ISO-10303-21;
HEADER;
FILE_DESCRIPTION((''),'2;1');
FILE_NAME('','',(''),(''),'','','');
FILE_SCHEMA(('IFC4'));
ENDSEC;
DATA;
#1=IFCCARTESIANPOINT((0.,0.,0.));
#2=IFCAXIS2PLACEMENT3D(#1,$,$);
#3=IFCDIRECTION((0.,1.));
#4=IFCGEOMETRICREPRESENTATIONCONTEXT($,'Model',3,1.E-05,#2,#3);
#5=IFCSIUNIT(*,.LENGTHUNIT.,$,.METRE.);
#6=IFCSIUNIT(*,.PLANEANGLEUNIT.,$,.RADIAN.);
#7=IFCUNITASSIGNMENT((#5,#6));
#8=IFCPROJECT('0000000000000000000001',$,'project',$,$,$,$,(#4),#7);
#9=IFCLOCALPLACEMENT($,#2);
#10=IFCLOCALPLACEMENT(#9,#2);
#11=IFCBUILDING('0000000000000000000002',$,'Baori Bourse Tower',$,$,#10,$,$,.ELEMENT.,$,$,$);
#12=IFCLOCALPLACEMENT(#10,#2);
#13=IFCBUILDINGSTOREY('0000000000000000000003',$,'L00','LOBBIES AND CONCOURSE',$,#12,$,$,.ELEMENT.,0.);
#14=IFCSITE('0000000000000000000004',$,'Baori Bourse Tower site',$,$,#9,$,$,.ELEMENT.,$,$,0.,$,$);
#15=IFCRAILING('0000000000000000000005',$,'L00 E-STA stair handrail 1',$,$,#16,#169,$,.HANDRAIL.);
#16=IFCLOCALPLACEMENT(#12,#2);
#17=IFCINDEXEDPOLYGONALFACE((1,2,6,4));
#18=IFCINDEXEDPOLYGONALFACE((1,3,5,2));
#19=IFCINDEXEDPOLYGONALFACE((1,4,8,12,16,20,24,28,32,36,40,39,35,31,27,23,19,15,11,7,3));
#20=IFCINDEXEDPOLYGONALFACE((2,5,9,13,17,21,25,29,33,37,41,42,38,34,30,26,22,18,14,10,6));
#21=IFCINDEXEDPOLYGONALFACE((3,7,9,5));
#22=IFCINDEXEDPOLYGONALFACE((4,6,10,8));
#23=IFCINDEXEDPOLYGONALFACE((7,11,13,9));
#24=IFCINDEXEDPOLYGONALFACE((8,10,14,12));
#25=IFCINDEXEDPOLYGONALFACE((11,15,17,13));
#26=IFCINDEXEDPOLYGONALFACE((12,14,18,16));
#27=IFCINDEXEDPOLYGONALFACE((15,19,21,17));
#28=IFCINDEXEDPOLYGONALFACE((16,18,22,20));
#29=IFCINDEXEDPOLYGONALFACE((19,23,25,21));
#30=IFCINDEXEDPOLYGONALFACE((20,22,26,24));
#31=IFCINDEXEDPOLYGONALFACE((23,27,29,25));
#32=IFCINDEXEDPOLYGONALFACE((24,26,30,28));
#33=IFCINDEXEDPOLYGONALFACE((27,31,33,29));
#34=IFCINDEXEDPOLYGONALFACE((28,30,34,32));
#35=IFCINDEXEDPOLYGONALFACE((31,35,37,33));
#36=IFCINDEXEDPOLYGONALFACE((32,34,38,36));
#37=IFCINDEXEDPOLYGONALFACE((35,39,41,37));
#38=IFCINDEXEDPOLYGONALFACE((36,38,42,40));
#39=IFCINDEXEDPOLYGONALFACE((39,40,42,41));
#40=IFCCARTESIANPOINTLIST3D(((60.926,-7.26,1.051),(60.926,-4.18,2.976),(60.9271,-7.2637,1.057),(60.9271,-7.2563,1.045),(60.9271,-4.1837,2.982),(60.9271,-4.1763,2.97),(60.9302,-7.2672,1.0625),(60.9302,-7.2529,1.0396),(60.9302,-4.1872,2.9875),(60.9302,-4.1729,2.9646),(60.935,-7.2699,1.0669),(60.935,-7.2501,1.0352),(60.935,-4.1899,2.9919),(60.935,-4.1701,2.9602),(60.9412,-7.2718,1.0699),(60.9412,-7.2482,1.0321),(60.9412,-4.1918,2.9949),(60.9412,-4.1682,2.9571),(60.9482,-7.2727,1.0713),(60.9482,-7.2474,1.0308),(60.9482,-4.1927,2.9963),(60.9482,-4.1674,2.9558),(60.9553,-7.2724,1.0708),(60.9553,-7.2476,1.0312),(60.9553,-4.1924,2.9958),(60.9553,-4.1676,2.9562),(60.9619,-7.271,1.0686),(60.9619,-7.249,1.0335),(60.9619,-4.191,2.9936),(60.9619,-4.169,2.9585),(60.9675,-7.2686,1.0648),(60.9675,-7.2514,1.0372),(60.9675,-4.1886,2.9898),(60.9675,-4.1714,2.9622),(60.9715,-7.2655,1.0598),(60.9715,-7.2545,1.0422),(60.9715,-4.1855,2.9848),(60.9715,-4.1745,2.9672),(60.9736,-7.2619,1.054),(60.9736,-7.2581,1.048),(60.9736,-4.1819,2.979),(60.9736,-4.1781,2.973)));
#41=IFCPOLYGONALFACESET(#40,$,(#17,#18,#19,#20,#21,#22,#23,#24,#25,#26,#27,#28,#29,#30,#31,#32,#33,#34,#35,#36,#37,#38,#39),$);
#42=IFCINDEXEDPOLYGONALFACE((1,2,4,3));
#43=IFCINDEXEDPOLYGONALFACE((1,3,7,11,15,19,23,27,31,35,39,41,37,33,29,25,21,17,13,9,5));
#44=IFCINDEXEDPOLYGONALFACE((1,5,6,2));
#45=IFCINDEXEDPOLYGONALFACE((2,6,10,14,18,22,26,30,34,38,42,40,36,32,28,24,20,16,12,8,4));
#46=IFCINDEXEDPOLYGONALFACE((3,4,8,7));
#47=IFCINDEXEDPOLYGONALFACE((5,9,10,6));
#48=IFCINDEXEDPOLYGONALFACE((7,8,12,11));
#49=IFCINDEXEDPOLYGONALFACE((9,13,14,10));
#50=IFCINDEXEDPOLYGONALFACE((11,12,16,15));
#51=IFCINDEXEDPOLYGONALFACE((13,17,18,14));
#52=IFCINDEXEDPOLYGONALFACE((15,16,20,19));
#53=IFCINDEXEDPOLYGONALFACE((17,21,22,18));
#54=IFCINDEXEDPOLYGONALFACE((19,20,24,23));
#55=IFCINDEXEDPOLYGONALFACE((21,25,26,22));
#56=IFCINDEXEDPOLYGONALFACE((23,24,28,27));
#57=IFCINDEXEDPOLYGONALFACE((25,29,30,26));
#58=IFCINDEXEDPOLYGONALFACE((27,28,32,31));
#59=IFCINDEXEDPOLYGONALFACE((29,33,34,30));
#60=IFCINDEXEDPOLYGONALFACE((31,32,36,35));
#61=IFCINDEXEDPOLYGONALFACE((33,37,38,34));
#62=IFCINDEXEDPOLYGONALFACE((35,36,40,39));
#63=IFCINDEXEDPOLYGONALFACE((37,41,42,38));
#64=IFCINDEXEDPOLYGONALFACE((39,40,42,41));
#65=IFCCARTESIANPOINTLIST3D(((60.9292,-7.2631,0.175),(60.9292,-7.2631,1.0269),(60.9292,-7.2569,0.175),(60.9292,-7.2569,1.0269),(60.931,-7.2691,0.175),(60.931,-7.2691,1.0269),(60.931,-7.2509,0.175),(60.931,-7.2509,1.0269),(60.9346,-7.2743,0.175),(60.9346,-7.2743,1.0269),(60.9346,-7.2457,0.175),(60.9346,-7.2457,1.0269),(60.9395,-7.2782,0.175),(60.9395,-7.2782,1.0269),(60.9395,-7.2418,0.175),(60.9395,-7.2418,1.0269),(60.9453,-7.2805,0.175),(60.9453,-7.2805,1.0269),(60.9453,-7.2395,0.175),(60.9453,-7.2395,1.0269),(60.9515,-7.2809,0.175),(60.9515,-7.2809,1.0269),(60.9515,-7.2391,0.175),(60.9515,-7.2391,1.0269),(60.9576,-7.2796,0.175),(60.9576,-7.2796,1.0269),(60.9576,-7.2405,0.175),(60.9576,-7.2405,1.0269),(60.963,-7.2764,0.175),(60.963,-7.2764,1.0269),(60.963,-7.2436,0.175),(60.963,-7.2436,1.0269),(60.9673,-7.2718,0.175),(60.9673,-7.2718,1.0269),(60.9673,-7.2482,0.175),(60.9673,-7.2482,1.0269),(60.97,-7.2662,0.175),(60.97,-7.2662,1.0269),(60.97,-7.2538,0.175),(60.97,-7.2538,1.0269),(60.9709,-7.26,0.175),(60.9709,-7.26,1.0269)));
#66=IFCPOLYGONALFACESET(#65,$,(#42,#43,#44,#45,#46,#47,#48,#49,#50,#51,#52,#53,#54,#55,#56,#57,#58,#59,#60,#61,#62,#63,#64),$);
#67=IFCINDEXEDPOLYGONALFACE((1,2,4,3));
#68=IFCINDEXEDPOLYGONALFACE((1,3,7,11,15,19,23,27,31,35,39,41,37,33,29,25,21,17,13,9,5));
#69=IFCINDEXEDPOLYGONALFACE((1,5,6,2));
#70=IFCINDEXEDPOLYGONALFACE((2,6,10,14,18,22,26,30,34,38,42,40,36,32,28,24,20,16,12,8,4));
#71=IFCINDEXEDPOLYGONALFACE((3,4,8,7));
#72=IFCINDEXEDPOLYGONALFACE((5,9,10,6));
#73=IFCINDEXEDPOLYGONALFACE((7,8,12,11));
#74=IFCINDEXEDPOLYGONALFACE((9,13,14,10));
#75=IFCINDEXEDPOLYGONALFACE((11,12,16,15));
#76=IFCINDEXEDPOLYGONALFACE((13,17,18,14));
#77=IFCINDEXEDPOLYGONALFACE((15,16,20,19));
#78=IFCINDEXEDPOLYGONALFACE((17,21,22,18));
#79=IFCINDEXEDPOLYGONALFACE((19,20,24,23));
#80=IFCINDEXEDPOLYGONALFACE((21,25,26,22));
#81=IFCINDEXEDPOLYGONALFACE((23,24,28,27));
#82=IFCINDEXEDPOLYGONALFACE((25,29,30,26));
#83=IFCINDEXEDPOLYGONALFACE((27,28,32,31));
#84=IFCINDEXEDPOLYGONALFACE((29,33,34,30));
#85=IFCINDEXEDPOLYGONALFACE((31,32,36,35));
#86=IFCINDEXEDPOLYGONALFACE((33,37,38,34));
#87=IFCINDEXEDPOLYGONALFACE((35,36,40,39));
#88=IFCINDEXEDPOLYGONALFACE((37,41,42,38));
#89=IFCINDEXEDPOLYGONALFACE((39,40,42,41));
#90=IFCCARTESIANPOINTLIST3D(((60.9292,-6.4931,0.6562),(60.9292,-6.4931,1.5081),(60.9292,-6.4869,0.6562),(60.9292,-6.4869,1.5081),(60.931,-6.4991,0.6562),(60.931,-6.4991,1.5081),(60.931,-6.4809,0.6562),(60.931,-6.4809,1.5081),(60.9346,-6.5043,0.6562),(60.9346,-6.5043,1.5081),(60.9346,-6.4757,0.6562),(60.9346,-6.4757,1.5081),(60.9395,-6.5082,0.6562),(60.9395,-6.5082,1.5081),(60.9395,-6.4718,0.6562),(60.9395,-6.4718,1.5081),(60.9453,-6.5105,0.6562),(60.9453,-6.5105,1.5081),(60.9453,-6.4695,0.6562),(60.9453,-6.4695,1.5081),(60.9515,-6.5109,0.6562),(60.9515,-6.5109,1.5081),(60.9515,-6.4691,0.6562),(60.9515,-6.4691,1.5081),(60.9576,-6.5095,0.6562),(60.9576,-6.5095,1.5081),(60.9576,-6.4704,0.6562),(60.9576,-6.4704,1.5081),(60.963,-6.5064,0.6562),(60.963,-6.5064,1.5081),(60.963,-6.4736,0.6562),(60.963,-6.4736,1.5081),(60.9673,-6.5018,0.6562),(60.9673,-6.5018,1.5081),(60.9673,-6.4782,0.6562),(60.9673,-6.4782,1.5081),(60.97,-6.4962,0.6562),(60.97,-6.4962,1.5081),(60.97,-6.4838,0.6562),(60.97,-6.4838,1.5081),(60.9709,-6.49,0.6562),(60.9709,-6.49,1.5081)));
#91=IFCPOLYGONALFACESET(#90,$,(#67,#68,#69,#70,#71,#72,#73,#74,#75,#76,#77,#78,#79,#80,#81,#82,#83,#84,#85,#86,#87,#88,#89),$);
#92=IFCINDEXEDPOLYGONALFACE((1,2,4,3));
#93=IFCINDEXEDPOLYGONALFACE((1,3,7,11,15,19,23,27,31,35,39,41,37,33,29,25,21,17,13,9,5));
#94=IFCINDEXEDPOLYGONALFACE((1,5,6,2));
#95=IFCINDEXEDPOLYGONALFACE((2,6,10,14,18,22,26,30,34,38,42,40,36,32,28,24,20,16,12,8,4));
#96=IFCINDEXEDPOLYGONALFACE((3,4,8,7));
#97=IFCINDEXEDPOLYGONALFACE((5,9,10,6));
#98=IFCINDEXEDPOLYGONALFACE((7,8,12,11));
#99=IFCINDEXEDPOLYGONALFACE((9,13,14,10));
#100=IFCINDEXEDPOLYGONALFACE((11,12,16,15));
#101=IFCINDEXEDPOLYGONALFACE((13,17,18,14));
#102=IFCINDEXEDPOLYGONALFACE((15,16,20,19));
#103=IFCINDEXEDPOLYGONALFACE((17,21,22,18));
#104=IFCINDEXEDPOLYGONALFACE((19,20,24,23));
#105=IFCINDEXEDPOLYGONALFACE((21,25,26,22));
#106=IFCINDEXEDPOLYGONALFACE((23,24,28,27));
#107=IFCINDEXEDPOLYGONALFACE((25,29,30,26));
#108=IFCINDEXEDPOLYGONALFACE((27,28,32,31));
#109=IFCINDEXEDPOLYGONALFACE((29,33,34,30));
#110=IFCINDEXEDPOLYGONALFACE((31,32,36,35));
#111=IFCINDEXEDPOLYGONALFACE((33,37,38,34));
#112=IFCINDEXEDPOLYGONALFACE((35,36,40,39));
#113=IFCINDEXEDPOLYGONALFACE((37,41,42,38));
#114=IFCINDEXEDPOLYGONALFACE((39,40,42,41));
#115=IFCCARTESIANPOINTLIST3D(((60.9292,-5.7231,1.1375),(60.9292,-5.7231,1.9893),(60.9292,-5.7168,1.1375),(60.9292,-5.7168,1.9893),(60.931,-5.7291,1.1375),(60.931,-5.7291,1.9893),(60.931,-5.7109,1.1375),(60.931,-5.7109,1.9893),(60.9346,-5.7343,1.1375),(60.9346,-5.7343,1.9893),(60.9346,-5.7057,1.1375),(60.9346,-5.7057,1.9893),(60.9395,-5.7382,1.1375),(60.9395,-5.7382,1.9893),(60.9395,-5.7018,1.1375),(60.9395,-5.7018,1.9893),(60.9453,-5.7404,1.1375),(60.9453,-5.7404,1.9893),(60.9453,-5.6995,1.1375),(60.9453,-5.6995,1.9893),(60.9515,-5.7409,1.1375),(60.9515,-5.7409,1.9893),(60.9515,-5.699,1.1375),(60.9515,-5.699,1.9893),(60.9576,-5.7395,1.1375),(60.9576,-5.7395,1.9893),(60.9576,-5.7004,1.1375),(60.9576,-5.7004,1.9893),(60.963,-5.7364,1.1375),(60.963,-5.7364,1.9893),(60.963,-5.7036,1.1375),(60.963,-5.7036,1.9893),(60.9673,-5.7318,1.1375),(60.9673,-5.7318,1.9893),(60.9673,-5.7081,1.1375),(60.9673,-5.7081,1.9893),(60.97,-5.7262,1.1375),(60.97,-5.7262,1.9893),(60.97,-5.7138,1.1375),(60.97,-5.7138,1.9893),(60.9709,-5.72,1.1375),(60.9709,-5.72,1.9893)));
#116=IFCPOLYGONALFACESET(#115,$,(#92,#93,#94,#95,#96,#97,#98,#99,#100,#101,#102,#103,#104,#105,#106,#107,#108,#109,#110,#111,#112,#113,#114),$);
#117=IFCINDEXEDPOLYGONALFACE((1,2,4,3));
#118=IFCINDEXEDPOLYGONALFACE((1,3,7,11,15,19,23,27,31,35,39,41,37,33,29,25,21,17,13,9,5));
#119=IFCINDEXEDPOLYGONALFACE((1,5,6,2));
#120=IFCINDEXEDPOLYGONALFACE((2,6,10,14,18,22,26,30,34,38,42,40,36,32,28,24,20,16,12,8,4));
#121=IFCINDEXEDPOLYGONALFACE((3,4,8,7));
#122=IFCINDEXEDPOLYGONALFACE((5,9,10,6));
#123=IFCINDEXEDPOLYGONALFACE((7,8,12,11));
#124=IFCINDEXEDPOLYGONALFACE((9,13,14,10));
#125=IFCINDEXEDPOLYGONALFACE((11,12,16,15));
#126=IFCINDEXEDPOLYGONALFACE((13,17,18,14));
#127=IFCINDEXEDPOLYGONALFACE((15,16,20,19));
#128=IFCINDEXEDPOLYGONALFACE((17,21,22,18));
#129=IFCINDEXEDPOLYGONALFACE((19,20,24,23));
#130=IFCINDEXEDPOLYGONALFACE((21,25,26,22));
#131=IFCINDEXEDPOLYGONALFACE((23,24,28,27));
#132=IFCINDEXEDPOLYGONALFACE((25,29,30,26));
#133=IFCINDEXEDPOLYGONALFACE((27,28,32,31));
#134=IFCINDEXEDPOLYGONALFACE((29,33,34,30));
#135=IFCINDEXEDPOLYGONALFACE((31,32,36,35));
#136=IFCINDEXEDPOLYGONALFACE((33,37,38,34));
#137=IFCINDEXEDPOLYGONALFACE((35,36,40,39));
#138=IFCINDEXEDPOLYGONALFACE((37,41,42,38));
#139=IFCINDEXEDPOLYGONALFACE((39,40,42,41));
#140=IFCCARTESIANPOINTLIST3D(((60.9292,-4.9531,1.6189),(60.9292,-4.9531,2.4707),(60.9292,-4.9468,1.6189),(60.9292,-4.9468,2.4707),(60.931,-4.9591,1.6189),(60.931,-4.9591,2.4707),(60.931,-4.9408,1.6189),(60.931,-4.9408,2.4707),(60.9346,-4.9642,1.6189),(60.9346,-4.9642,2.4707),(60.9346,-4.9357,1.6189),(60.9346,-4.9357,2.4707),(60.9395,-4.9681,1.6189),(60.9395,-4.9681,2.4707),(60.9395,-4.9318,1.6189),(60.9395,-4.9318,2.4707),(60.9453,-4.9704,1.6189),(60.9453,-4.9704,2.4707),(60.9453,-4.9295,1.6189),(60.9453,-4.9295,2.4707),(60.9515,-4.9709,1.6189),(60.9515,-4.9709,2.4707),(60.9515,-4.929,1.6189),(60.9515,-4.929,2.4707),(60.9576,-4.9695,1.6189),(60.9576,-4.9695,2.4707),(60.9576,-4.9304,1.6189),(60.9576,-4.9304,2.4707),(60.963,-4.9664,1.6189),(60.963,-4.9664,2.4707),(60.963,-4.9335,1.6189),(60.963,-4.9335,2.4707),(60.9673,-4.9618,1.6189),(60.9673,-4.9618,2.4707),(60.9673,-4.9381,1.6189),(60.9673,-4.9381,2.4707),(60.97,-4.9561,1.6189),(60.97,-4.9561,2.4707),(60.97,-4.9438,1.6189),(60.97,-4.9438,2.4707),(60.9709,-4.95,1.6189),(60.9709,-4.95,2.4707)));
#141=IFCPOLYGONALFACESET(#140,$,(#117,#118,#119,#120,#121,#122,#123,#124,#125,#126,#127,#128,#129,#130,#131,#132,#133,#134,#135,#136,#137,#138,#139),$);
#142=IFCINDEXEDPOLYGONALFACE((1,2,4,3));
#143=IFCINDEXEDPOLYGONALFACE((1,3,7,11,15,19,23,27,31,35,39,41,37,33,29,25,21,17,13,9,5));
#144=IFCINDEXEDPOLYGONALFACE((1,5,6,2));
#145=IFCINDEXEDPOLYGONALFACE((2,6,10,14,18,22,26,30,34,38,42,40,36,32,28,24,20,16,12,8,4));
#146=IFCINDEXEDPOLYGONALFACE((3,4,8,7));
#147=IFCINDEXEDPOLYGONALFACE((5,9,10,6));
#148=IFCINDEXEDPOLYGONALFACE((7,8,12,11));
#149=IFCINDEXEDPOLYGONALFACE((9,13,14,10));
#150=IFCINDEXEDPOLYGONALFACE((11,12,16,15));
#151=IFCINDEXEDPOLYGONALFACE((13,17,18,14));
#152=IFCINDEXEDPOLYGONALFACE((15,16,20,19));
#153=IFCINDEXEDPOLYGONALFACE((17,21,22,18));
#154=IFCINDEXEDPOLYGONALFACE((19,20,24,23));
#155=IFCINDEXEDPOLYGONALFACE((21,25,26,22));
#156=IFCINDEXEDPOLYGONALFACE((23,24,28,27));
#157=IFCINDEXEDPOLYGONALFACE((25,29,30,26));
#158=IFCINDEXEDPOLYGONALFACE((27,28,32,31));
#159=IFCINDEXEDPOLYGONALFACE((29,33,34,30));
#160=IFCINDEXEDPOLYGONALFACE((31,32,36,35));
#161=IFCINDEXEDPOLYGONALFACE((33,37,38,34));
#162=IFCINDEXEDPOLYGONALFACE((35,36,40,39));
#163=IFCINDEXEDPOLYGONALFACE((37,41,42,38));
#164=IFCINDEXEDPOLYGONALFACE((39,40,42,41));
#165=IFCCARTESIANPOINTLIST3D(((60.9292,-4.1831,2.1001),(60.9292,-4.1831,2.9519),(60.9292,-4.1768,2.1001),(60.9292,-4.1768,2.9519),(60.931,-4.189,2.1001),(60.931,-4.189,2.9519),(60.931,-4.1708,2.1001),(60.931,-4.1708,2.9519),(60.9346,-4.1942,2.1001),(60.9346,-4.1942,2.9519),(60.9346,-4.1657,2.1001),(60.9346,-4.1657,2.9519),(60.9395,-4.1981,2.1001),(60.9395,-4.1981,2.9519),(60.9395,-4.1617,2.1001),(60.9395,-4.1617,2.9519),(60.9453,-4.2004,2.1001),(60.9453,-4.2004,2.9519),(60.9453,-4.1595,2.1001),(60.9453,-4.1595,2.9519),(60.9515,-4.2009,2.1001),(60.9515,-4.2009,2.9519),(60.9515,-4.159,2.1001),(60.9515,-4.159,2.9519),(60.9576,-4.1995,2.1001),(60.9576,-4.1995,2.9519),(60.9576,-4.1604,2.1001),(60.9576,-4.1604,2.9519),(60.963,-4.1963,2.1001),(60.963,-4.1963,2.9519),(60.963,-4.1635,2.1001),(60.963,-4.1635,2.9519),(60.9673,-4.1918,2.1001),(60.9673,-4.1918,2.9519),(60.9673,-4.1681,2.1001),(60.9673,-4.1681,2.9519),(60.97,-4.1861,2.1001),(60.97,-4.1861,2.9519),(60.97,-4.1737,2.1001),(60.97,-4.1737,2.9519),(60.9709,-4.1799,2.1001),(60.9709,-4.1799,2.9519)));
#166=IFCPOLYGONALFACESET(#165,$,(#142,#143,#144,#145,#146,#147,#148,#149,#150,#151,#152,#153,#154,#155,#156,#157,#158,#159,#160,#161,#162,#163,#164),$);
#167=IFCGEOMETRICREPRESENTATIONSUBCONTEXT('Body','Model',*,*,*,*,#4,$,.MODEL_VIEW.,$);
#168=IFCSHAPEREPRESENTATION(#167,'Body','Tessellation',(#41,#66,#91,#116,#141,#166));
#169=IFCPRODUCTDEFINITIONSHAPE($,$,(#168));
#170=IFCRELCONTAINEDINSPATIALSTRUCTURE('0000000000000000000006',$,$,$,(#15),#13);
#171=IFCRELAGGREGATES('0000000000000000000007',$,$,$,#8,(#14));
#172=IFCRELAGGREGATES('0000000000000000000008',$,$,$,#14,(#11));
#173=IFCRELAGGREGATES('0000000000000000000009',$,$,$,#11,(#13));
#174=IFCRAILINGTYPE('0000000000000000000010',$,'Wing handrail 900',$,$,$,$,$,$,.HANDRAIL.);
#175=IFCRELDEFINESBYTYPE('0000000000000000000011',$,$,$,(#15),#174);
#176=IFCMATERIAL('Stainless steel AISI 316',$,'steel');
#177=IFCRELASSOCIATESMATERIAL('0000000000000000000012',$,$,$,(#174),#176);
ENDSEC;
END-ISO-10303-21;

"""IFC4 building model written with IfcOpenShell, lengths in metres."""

from ifc_helpers import new_model, si_unit, direction, frame, origin, origin_2d, place, context, subcontext, project, spatial, circle, extrude, material, type_object, element, save


model = new_model("IFC4")

# Units and contexts
model_context = context("Model", 3, precision=1e-05, world=origin(), true_north=direction((0.0, 1.0)))
body_context = subcontext(model_context, "Body", "Model", "MODEL_VIEW")
ifc_project = project(units=[si_unit("LENGTHUNIT", "METRE"), si_unit("PLANEANGLEUNIT", "RADIAN")], contexts=[model_context])

# Site, building, storey
site_placement = place(None, origin())
site = spatial("IfcSite", under=ifc_project, at=site_placement, Name="Baori Bourse Tower site", CompositionType="ELEMENT", RefElevation=0.0)
building_placement = place(site_placement, origin())
building = spatial("IfcBuilding", under=site, at=building_placement, Name="Baori Bourse Tower", CompositionType="ELEMENT")
storey_placement = place(building_placement, origin())
storey = spatial("IfcBuildingStorey", under=building, at=storey_placement, Name="L00", Description="LOBBIES AND CONCOURSE", CompositionType="ELEMENT", Elevation=0.0)

# Railing
ifc_material_1 = material(Name="Stainless steel AISI 316", Category="steel")
railing_type = type_object("IfcRailingType", Name="Wing handrail 900", PredefinedType="HANDRAIL", material=ifc_material_1)
for number, where, name in (
    (1, (60.95, -7.26, 0.175), "L00 E-STA stair handrail 1"),
):
    element("IfcRailing", number, at=place(storey_placement, frame(where)), inside=storey, type_object=railing_type, Name=name, PredefinedType="HANDRAIL", context=body_context, shape_type="SweptSolid", body=[
        extrude(circle(Radius=0.0239, at=origin_2d()), frame((0.0, 0.0, 0.876), z_axis=(0.0, 0.847998, 0.529999), x_axis=(-1.0, 0.0, 0.0)), (0.0, 0.0, 1.0), 3.6321),
        extrude(circle(Radius=0.021, at=origin_2d()), origin(), (0.0, 0.0, 1.0), 0.8518),
        extrude(circle(Radius=0.021, at=origin_2d()), frame((0.0, 0.77, 0.4812)), (0.0, 0.0, 1.0), 0.8518),
        extrude(circle(Radius=0.021, at=origin_2d()), frame((0.0, 1.54, 0.9624)), (0.0, 0.0, 1.0), 0.8518),
        extrude(circle(Radius=0.021, at=origin_2d()), frame((0.0, 2.3101, 1.4438)), (0.0, 0.0, 1.0), 0.8518),
        extrude(circle(Radius=0.021, at=origin_2d()), frame((0.0, 3.0801, 1.925)), (0.0, 0.0, 1.0), 0.8518),
    ])

save(model, "model.ifc")
